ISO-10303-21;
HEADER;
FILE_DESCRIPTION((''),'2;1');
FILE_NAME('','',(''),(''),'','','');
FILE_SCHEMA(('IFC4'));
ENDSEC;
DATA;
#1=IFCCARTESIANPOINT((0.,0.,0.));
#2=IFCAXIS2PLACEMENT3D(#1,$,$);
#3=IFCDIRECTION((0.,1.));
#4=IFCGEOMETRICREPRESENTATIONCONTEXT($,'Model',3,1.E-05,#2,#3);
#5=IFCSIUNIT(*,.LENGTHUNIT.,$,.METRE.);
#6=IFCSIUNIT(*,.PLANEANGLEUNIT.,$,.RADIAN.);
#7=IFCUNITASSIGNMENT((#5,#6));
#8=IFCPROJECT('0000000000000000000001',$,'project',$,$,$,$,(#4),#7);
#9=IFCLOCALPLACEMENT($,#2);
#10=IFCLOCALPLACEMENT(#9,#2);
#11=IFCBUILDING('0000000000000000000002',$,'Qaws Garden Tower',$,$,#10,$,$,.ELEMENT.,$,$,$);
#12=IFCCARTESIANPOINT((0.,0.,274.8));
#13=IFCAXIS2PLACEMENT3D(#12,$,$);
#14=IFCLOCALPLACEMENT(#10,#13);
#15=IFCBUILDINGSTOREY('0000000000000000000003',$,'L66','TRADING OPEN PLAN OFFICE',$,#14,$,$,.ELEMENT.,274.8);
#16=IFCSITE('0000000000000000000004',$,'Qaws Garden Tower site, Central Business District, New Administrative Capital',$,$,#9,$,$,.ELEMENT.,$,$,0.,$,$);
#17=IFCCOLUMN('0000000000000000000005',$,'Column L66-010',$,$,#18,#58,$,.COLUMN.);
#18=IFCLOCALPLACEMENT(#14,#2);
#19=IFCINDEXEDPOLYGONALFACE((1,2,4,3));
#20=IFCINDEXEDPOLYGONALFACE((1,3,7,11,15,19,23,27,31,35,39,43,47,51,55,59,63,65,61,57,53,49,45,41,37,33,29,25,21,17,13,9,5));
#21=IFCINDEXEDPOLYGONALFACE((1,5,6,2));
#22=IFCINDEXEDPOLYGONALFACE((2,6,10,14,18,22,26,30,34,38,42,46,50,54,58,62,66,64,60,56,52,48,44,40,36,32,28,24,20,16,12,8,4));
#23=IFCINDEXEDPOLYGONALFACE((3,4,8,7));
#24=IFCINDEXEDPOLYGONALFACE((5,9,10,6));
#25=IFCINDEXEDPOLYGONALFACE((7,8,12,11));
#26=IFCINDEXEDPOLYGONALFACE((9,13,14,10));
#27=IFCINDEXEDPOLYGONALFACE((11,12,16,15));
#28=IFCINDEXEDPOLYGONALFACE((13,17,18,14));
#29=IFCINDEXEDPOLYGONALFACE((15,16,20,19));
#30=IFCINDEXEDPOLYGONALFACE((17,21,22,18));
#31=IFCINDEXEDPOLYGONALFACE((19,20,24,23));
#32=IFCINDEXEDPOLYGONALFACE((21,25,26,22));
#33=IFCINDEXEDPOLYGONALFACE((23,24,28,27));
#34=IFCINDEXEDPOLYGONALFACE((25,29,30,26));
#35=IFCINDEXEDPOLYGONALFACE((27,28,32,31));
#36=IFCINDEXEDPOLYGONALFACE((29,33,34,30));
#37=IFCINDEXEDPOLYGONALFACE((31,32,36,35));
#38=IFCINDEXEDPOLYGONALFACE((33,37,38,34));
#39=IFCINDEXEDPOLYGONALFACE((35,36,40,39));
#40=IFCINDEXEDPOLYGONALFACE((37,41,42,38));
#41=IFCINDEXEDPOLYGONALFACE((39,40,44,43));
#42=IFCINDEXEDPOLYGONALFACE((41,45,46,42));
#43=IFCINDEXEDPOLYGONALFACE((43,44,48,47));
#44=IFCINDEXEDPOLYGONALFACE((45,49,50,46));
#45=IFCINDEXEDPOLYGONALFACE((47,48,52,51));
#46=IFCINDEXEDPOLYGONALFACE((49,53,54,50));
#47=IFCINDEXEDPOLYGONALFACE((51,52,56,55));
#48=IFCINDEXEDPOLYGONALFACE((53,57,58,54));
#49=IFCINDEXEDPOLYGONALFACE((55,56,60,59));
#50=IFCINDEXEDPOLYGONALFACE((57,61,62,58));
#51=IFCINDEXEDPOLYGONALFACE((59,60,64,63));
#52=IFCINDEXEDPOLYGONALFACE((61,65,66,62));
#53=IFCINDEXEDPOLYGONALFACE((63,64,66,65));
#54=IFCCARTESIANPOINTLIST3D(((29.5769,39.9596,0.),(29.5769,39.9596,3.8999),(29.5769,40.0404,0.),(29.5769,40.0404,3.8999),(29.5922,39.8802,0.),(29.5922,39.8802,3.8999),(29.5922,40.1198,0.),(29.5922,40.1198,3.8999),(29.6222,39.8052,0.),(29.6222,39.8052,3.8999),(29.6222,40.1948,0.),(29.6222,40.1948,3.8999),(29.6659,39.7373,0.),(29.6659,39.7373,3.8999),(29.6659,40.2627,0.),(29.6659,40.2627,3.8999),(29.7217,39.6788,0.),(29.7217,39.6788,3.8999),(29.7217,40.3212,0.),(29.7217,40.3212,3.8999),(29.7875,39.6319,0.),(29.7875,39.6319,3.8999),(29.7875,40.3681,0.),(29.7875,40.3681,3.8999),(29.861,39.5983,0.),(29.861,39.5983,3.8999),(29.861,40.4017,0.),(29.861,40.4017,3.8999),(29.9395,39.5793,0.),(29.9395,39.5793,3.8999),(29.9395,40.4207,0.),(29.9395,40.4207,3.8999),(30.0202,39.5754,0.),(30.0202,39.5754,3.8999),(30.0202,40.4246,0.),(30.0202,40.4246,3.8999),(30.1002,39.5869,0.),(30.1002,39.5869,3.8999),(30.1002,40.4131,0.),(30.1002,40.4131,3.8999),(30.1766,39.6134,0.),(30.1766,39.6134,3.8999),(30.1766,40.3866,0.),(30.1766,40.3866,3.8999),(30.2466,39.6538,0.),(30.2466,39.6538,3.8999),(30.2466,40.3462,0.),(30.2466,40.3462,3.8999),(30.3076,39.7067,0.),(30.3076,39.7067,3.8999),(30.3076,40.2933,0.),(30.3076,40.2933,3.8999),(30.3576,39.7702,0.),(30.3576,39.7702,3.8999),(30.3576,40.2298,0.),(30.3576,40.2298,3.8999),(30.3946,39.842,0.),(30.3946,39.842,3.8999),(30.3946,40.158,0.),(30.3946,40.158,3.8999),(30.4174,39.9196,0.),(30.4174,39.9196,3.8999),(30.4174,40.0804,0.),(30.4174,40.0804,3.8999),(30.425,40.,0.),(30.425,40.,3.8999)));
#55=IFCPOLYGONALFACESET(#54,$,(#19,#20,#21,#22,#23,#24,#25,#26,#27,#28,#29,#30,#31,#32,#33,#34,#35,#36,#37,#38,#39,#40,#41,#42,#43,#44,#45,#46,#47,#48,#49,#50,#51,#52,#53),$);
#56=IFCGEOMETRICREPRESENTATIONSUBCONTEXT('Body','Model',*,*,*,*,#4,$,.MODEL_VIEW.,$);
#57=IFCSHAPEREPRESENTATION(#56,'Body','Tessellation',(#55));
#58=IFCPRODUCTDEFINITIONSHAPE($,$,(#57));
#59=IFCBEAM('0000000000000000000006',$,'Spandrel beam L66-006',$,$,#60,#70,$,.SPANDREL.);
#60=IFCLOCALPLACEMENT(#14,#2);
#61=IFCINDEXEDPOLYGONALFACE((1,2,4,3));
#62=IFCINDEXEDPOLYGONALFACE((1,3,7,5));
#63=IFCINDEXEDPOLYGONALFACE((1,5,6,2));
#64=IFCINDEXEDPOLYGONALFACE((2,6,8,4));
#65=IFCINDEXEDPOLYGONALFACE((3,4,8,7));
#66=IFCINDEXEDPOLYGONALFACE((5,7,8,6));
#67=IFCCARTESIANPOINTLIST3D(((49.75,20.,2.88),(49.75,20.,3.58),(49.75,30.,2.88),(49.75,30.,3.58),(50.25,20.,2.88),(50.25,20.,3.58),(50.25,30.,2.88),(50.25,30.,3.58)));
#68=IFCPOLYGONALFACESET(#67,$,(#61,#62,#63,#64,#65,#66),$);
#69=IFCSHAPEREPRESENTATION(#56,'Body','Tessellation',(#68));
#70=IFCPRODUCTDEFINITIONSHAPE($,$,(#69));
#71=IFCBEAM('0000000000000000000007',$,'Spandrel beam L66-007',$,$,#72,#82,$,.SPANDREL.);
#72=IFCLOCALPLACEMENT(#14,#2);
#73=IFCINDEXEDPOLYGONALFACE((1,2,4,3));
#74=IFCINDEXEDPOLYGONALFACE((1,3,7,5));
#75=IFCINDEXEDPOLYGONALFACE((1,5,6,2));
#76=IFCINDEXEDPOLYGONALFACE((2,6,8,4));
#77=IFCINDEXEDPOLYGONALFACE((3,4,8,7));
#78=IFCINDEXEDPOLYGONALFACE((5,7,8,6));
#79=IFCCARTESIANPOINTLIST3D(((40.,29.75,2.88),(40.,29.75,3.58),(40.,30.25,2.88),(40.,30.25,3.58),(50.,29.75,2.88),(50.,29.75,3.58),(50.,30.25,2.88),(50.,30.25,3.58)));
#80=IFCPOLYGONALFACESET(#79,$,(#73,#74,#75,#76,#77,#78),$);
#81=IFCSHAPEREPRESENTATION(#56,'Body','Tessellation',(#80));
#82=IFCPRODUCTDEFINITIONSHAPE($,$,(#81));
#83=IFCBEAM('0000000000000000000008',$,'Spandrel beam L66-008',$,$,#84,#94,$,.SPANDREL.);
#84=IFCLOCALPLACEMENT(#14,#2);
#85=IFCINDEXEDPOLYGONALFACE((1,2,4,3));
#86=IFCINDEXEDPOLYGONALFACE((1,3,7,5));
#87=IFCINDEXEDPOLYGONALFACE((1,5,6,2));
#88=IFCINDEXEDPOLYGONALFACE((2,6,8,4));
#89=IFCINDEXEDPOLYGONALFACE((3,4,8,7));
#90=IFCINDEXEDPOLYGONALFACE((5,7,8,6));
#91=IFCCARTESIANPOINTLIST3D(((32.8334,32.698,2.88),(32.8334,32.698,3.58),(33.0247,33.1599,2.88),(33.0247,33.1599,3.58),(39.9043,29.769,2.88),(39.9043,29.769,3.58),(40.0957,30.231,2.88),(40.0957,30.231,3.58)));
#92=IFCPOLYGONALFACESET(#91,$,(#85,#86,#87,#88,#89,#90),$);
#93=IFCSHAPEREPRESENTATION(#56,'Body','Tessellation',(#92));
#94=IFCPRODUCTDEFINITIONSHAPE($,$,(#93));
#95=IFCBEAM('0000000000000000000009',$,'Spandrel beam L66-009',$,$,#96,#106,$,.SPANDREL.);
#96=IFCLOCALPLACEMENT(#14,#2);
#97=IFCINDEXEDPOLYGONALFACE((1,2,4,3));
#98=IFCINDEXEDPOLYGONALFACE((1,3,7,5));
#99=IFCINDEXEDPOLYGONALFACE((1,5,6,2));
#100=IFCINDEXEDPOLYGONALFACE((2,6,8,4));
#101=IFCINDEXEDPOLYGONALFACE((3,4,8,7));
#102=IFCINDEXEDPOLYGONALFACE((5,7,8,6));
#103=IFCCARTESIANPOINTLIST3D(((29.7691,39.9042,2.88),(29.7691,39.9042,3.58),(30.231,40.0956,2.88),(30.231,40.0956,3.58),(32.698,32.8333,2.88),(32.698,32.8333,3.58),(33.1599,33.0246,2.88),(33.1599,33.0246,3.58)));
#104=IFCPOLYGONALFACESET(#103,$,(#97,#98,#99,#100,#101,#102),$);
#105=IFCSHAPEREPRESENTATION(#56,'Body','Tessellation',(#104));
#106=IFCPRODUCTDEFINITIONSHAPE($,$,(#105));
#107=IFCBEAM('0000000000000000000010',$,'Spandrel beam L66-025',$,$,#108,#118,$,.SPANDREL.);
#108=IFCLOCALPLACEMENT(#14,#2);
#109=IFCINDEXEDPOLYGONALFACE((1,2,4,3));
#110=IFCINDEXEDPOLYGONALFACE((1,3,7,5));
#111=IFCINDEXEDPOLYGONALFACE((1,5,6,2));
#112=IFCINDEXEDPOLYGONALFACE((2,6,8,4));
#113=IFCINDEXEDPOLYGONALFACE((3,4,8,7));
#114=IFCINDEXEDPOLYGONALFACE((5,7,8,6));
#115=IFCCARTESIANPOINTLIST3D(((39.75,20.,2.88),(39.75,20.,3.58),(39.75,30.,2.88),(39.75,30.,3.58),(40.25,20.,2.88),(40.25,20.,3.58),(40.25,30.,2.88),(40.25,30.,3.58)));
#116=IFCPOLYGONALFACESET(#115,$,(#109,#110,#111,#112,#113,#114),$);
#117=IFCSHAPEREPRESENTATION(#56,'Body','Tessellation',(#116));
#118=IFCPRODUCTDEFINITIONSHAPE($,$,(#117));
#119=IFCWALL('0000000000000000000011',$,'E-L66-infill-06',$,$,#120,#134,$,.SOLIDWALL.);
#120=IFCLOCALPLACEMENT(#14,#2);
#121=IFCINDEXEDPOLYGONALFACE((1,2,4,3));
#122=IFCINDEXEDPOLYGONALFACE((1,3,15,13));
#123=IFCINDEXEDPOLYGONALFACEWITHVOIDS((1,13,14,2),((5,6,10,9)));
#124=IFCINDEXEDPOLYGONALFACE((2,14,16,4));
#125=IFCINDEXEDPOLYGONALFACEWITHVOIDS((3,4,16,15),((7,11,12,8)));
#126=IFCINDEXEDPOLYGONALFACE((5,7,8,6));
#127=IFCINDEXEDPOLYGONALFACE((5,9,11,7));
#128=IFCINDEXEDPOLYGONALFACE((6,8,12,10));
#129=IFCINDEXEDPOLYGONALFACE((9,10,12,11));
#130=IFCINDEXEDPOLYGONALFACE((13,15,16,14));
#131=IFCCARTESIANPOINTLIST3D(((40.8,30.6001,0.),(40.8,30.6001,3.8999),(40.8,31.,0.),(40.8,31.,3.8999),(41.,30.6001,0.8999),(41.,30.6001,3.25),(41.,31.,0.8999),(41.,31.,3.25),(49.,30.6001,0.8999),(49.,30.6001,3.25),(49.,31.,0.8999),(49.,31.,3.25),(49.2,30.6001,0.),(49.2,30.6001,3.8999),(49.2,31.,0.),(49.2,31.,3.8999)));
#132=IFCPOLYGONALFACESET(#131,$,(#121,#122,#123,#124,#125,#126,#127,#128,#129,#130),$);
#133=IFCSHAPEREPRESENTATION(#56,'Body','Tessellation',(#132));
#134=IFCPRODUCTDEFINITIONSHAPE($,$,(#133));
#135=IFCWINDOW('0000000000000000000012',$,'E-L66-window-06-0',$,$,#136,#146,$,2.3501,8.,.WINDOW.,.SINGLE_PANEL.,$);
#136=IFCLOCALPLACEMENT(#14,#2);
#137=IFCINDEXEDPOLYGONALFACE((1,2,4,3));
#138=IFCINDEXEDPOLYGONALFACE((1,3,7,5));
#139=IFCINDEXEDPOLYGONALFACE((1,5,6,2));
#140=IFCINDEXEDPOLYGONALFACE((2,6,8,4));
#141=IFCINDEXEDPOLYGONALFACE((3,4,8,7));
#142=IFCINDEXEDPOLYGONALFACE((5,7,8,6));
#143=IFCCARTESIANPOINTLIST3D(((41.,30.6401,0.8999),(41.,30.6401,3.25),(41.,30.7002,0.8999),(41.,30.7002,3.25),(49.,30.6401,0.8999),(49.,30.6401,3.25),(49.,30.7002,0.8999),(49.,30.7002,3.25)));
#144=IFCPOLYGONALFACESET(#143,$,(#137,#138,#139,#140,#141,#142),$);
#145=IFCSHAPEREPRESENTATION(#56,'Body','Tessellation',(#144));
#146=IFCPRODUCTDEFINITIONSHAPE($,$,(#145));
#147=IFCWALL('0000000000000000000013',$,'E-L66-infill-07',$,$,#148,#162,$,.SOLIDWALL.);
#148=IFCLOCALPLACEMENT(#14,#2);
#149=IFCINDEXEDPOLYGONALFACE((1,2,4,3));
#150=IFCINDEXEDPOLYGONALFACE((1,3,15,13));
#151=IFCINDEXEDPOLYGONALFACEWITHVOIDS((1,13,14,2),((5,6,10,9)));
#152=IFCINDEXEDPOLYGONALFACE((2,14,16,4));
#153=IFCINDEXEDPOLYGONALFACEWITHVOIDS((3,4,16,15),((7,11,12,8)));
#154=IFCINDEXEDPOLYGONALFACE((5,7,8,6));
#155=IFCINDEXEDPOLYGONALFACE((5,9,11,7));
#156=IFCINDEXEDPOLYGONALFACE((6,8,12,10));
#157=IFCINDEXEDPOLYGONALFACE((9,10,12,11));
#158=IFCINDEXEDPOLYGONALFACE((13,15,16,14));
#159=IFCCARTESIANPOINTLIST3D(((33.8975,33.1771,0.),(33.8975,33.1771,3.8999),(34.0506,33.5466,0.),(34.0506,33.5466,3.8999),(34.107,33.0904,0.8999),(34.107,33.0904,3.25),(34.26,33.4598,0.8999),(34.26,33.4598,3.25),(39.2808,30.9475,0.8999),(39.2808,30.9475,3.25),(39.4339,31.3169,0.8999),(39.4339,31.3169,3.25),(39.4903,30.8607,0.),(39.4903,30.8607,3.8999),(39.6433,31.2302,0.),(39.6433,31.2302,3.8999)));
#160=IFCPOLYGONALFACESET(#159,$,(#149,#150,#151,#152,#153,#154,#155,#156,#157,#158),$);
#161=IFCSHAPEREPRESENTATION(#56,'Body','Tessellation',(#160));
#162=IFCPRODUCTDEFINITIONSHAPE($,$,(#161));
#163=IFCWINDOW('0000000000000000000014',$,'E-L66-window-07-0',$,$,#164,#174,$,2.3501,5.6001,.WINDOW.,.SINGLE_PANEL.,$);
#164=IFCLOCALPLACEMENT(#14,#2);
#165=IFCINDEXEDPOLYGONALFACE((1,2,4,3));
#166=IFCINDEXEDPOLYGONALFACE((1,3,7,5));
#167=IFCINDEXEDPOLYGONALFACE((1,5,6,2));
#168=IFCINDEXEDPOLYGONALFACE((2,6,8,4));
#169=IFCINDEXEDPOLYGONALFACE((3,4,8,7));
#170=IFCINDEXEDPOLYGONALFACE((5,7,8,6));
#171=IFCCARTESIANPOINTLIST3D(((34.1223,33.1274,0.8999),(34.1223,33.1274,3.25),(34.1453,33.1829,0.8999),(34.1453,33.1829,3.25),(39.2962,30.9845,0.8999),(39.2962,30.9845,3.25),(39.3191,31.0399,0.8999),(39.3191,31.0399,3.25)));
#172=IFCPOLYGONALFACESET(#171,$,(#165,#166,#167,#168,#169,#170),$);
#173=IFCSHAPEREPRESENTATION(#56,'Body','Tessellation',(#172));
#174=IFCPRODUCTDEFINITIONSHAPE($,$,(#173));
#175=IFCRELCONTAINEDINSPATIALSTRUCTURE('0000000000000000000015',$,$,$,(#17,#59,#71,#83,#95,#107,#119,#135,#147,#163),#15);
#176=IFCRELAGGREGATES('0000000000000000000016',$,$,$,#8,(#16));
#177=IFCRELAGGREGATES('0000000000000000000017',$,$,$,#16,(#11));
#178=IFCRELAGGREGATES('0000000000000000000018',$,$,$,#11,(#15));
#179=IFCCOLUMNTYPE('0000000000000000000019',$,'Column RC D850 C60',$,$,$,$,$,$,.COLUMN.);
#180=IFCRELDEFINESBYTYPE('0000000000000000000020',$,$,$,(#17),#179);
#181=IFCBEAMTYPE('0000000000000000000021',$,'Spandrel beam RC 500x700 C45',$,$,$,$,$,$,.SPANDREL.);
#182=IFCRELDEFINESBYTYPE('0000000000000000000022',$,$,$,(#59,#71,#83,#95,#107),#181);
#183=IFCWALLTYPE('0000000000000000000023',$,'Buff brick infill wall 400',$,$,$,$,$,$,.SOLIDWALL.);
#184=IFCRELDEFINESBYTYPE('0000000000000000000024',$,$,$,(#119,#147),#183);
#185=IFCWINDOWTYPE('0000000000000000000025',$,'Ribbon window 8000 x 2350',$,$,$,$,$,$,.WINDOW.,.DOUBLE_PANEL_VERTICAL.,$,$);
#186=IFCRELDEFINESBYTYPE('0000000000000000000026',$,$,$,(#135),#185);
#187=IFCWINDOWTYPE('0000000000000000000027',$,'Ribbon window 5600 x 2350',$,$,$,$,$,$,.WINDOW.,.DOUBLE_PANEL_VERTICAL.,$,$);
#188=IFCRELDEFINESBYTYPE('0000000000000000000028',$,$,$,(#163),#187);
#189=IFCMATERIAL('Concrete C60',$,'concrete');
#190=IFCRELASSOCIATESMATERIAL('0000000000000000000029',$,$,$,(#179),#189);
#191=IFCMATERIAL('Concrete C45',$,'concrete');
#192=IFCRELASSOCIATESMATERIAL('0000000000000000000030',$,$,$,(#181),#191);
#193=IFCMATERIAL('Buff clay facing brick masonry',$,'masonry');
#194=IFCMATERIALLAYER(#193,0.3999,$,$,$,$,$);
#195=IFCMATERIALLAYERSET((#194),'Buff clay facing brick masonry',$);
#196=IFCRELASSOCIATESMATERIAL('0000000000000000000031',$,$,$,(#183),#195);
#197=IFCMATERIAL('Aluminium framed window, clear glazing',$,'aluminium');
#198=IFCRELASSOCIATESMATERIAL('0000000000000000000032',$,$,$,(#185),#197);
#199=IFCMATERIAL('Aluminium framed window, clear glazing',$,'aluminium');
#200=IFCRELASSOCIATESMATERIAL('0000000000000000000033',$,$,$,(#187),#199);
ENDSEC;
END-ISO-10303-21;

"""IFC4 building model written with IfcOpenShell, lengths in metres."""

from ifc_helpers import new_model, si_unit, direction, frame, frame_2d, origin, origin_2d, place, context, subcontext, project, spatial, rectangle, circle, extrude, material, layer, layer_set, material_profile, profile_set, type_object, element, fill, save


model = new_model("IFC4")

# Units and contexts
model_context = context("Model", 3, precision=1e-05, world=origin(), true_north=direction((0.0, 1.0)))
body_context = subcontext(model_context, "Body", "Model", "MODEL_VIEW")
ifc_project = project(units=[si_unit("LENGTHUNIT", "METRE"), si_unit("PLANEANGLEUNIT", "RADIAN")], contexts=[model_context])

# Site, building, storey
site_placement = place(None, origin())
site = spatial("IfcSite", under=ifc_project, at=site_placement, Name="Qaws Garden Tower site, Central Business District, New Administrative Capital", CompositionType="ELEMENT", RefElevation=0.0)
building_placement = place(site_placement, origin())
building = spatial("IfcBuilding", under=site, at=building_placement, Name="Qaws Garden Tower", CompositionType="ELEMENT")
storey_placement = place(building_placement, frame((0.0, 0.0, 274.8)))
storey = spatial("IfcBuildingStorey", under=building, at=storey_placement, Name="L66", Description="TRADING OPEN PLAN OFFICE", CompositionType="ELEMENT", Elevation=274.8)

# Column
ifc_material_1 = material(Name="Concrete C60", Category="concrete")
ifc_material_profile_1 = material_profile(ifc_material_1, circle(Radius=0.425, at=origin_2d()), Name="RC D850")
ifc_profile_set_1 = profile_set([ifc_material_profile_1], Name="Concrete C60")
column_type_1 = type_object("IfcColumnType", Name="Column RC D850 C60", PredefinedType="COLUMN", material=ifc_profile_set_1)
for number, where, z_axis, x_axis, name in (
    (1, (30.0, 40.0, 0.0), (0.0, 0.0, 1.0), (1.0, 0.0, 0.0), "Column L66-010"),
):
    element("IfcColumn", number, at=place(storey_placement, frame(where, z_axis=z_axis, x_axis=x_axis)), inside=storey, type_object=column_type_1, Name=name, PredefinedType="COLUMN", context=body_context, shape_type="SweptSolid", body=[
        extrude(circle(Radius=0.425, at=origin_2d()), origin(), (0.0, 0.0, 1.0), 3.8999),
    ])

# Beams
ifc_material_2 = material(Name="Concrete C45", Category="concrete")
ifc_material_profile_2 = material_profile(ifc_material_2, rectangle(XDim=0.5, YDim=0.7, at=origin_2d()), Name="RC 500x700")
ifc_profile_set_2 = profile_set([ifc_material_profile_2], Name="Concrete C45")
beam_type = type_object("IfcBeamType", Name="Spandrel beam RC 500x700 C45", PredefinedType="SPANDREL", material=ifc_profile_set_2)
for number, where, z_axis, x_axis, name in (
    (2, (50.0, 20.0, 3.23), (0.0, 1.0, 0.0), (-1.0, 0.0, 0.0), "Spandrel beam L66-006"),
    (3, (50.0, 30.0, 3.23), (-1.0, 0.0, 0.0), (0.0, -1.0, 0.0), "Spandrel beam L66-007"),
):
    element("IfcBeam", number, at=place(storey_placement, frame(where, z_axis=z_axis, x_axis=x_axis)), inside=storey, type_object=beam_type, Name=name, PredefinedType="SPANDREL", context=body_context, shape_type="SweptSolid", body=[
        extrude(rectangle(XDim=0.5, YDim=0.7, at=origin_2d()), origin(), (0.0, 0.0, 1.0), 10.0),
    ])
for number, where, z_axis, x_axis, name in (
    (4, (40.0, 30.0, 3.23), (-0.923878, 0.382687, 0.0), (-0.382687, -0.923878, 0.0), "Spandrel beam L66-008"),
    (5, (32.929, 32.929, 3.23), (-0.382687, 0.923878, 0.0), (-0.923878, -0.382687, 0.0), "Spandrel beam L66-009"),
):
    element("IfcBeam", number, at=place(storey_placement, frame(where, z_axis=z_axis, x_axis=x_axis)), inside=storey, type_object=beam_type, Name=name, PredefinedType="SPANDREL", context=body_context, shape_type="SweptSolid", body=[
        extrude(rectangle(XDim=0.5, YDim=0.7, at=origin_2d()), origin(), (0.0, 0.0, 1.0), 7.6536),
    ])
beam_placement = place(storey_placement, frame((40.0, 20.0, 3.23), z_axis=(0.0, 1.0, 0.0), x_axis=(-1.0, 0.0, 0.0)))
element("IfcBeam", 6, at=beam_placement, inside=storey, type_object=beam_type, Name="Spandrel beam L66-025", PredefinedType="SPANDREL", context=body_context, shape_type="SweptSolid", body=[
    extrude(rectangle(XDim=0.5, YDim=0.7, at=origin_2d()), origin(), (0.0, 0.0, 1.0), 10.0),
])

# Walls, openings, windows
ifc_material_3 = material(Name="Buff clay facing brick masonry", Category="masonry")
ifc_layer_1 = layer(ifc_material_3, 0.3999)
ifc_layer_set_1 = layer_set([ifc_layer_1], Name="Buff clay facing brick masonry")
wall_type_1 = type_object("IfcWallType", Name="Buff brick infill wall 400", PredefinedType="SOLIDWALL", material=ifc_layer_set_1)
wall_1_placement = place(storey_placement, frame((49.2, 30.8, 0.0), z_axis=(0.0, 0.0, 1.0), x_axis=(-1.0, 0.0, 0.0)))
wall_1 = element("IfcWall", 7, at=wall_1_placement, inside=storey, type_object=wall_type_1, Name="E-L66-infill-06", PredefinedType="SOLIDWALL", context=body_context, shape_type="SweptSolid", body=[
    extrude(rectangle(XDim=8.3999, YDim=0.3999, at=frame_2d((4.2, 0.0))), origin(), (0.0, 0.0, 1.0), 3.8999),
])
opening_1_placement = place(wall_1_placement, frame((0.2, 0.0, 0.8999)))
opening_1 = element("IfcOpeningElement", 8, at=opening_1_placement, cuts=wall_1, PredefinedType="OPENING", context=body_context, shape_type="SweptSolid", body=[
    extrude(rectangle(XDim=8.0, YDim=2.3501, at=frame_2d((4.0, 1.175))), frame((0.0, 0.21, 0.0), z_axis=(0.0, -1.0, 0.0), x_axis=(1.0, 0.0, 0.0)), (0.0, 0.0, 1.0), 0.4199),
])
ifc_material_4 = material(Name="Aluminium framed window, clear glazing", Category="aluminium")
window_type_1 = type_object("IfcWindowType", Name="Ribbon window 8000 x 2350", PartitioningType="DOUBLE_PANEL_VERTICAL", PredefinedType="WINDOW", material=ifc_material_4)
window_1_placement = place(opening_1_placement, origin())
window_1 = element("IfcWindow", 9, at=window_1_placement, inside=storey, type_object=window_type_1, Name="E-L66-window-06-0", OverallHeight=2.3501, OverallWidth=8.0, PartitioningType="SINGLE_PANEL", PredefinedType="WINDOW", context=body_context, shape_type="SweptSolid", body=[
    extrude(rectangle(XDim=8.0, YDim=2.3501, at=frame_2d((4.0, 1.175))), frame((0.0, 0.1599, 0.0), z_axis=(0.0, -1.0, 0.0), x_axis=(1.0, 0.0, 0.0)), (0.0, 0.0, 1.0), 0.0601),
])
fill(opening_1, window_1)
wall_2_placement = place(storey_placement, frame((39.5669, 31.0454, 0.0), z_axis=(0.0, 0.0, 1.0), x_axis=(-0.923891, 0.382656, 0.0)))
wall_2 = element("IfcWall", 10, at=wall_2_placement, inside=storey, type_object=wall_type_1, Name="E-L66-infill-07", PredefinedType="SOLIDWALL", context=body_context, shape_type="SweptSolid", body=[
    extrude(rectangle(XDim=6.0535, YDim=0.3999, at=frame_2d((3.0269, 0.0))), origin(), (0.0, 0.0, 1.0), 3.8999),
])
opening_2_placement = place(wall_2_placement, frame((0.2268, 0.0, 0.8999)))
opening_2 = element("IfcOpeningElement", 11, at=opening_2_placement, cuts=wall_2, PredefinedType="OPENING", context=body_context, shape_type="SweptSolid", body=[
    extrude(rectangle(XDim=5.6001, YDim=2.3501, at=frame_2d((2.8, 1.175))), frame((0.0, 0.21, 0.0), z_axis=(0.0, -1.0, 0.0), x_axis=(1.0, 0.0, 0.0)), (0.0, 0.0, 1.0), 0.4199),
])
ifc_material_5 = material(Name="Aluminium framed window, clear glazing", Category="aluminium")
window_type_2 = type_object("IfcWindowType", Name="Ribbon window 5600 x 2350", PartitioningType="DOUBLE_PANEL_VERTICAL", PredefinedType="WINDOW", material=ifc_material_5)
window_2_placement = place(opening_2_placement, origin())
window_2 = element("IfcWindow", 12, at=window_2_placement, inside=storey, type_object=window_type_2, Name="E-L66-window-07-0", OverallHeight=2.3501, OverallWidth=5.6001, PartitioningType="SINGLE_PANEL", PredefinedType="WINDOW", context=body_context, shape_type="SweptSolid", body=[
    extrude(rectangle(XDim=5.6001, YDim=2.3501, at=frame_2d((2.8, 1.175))), frame((0.0, 0.1599, 0.0), z_axis=(0.0, -1.0, 0.0), x_axis=(1.0, 0.0, 0.0)), (0.0, 0.0, 1.0), 0.0601),
])
fill(opening_2, window_2)

save(model, "model.ifc")
